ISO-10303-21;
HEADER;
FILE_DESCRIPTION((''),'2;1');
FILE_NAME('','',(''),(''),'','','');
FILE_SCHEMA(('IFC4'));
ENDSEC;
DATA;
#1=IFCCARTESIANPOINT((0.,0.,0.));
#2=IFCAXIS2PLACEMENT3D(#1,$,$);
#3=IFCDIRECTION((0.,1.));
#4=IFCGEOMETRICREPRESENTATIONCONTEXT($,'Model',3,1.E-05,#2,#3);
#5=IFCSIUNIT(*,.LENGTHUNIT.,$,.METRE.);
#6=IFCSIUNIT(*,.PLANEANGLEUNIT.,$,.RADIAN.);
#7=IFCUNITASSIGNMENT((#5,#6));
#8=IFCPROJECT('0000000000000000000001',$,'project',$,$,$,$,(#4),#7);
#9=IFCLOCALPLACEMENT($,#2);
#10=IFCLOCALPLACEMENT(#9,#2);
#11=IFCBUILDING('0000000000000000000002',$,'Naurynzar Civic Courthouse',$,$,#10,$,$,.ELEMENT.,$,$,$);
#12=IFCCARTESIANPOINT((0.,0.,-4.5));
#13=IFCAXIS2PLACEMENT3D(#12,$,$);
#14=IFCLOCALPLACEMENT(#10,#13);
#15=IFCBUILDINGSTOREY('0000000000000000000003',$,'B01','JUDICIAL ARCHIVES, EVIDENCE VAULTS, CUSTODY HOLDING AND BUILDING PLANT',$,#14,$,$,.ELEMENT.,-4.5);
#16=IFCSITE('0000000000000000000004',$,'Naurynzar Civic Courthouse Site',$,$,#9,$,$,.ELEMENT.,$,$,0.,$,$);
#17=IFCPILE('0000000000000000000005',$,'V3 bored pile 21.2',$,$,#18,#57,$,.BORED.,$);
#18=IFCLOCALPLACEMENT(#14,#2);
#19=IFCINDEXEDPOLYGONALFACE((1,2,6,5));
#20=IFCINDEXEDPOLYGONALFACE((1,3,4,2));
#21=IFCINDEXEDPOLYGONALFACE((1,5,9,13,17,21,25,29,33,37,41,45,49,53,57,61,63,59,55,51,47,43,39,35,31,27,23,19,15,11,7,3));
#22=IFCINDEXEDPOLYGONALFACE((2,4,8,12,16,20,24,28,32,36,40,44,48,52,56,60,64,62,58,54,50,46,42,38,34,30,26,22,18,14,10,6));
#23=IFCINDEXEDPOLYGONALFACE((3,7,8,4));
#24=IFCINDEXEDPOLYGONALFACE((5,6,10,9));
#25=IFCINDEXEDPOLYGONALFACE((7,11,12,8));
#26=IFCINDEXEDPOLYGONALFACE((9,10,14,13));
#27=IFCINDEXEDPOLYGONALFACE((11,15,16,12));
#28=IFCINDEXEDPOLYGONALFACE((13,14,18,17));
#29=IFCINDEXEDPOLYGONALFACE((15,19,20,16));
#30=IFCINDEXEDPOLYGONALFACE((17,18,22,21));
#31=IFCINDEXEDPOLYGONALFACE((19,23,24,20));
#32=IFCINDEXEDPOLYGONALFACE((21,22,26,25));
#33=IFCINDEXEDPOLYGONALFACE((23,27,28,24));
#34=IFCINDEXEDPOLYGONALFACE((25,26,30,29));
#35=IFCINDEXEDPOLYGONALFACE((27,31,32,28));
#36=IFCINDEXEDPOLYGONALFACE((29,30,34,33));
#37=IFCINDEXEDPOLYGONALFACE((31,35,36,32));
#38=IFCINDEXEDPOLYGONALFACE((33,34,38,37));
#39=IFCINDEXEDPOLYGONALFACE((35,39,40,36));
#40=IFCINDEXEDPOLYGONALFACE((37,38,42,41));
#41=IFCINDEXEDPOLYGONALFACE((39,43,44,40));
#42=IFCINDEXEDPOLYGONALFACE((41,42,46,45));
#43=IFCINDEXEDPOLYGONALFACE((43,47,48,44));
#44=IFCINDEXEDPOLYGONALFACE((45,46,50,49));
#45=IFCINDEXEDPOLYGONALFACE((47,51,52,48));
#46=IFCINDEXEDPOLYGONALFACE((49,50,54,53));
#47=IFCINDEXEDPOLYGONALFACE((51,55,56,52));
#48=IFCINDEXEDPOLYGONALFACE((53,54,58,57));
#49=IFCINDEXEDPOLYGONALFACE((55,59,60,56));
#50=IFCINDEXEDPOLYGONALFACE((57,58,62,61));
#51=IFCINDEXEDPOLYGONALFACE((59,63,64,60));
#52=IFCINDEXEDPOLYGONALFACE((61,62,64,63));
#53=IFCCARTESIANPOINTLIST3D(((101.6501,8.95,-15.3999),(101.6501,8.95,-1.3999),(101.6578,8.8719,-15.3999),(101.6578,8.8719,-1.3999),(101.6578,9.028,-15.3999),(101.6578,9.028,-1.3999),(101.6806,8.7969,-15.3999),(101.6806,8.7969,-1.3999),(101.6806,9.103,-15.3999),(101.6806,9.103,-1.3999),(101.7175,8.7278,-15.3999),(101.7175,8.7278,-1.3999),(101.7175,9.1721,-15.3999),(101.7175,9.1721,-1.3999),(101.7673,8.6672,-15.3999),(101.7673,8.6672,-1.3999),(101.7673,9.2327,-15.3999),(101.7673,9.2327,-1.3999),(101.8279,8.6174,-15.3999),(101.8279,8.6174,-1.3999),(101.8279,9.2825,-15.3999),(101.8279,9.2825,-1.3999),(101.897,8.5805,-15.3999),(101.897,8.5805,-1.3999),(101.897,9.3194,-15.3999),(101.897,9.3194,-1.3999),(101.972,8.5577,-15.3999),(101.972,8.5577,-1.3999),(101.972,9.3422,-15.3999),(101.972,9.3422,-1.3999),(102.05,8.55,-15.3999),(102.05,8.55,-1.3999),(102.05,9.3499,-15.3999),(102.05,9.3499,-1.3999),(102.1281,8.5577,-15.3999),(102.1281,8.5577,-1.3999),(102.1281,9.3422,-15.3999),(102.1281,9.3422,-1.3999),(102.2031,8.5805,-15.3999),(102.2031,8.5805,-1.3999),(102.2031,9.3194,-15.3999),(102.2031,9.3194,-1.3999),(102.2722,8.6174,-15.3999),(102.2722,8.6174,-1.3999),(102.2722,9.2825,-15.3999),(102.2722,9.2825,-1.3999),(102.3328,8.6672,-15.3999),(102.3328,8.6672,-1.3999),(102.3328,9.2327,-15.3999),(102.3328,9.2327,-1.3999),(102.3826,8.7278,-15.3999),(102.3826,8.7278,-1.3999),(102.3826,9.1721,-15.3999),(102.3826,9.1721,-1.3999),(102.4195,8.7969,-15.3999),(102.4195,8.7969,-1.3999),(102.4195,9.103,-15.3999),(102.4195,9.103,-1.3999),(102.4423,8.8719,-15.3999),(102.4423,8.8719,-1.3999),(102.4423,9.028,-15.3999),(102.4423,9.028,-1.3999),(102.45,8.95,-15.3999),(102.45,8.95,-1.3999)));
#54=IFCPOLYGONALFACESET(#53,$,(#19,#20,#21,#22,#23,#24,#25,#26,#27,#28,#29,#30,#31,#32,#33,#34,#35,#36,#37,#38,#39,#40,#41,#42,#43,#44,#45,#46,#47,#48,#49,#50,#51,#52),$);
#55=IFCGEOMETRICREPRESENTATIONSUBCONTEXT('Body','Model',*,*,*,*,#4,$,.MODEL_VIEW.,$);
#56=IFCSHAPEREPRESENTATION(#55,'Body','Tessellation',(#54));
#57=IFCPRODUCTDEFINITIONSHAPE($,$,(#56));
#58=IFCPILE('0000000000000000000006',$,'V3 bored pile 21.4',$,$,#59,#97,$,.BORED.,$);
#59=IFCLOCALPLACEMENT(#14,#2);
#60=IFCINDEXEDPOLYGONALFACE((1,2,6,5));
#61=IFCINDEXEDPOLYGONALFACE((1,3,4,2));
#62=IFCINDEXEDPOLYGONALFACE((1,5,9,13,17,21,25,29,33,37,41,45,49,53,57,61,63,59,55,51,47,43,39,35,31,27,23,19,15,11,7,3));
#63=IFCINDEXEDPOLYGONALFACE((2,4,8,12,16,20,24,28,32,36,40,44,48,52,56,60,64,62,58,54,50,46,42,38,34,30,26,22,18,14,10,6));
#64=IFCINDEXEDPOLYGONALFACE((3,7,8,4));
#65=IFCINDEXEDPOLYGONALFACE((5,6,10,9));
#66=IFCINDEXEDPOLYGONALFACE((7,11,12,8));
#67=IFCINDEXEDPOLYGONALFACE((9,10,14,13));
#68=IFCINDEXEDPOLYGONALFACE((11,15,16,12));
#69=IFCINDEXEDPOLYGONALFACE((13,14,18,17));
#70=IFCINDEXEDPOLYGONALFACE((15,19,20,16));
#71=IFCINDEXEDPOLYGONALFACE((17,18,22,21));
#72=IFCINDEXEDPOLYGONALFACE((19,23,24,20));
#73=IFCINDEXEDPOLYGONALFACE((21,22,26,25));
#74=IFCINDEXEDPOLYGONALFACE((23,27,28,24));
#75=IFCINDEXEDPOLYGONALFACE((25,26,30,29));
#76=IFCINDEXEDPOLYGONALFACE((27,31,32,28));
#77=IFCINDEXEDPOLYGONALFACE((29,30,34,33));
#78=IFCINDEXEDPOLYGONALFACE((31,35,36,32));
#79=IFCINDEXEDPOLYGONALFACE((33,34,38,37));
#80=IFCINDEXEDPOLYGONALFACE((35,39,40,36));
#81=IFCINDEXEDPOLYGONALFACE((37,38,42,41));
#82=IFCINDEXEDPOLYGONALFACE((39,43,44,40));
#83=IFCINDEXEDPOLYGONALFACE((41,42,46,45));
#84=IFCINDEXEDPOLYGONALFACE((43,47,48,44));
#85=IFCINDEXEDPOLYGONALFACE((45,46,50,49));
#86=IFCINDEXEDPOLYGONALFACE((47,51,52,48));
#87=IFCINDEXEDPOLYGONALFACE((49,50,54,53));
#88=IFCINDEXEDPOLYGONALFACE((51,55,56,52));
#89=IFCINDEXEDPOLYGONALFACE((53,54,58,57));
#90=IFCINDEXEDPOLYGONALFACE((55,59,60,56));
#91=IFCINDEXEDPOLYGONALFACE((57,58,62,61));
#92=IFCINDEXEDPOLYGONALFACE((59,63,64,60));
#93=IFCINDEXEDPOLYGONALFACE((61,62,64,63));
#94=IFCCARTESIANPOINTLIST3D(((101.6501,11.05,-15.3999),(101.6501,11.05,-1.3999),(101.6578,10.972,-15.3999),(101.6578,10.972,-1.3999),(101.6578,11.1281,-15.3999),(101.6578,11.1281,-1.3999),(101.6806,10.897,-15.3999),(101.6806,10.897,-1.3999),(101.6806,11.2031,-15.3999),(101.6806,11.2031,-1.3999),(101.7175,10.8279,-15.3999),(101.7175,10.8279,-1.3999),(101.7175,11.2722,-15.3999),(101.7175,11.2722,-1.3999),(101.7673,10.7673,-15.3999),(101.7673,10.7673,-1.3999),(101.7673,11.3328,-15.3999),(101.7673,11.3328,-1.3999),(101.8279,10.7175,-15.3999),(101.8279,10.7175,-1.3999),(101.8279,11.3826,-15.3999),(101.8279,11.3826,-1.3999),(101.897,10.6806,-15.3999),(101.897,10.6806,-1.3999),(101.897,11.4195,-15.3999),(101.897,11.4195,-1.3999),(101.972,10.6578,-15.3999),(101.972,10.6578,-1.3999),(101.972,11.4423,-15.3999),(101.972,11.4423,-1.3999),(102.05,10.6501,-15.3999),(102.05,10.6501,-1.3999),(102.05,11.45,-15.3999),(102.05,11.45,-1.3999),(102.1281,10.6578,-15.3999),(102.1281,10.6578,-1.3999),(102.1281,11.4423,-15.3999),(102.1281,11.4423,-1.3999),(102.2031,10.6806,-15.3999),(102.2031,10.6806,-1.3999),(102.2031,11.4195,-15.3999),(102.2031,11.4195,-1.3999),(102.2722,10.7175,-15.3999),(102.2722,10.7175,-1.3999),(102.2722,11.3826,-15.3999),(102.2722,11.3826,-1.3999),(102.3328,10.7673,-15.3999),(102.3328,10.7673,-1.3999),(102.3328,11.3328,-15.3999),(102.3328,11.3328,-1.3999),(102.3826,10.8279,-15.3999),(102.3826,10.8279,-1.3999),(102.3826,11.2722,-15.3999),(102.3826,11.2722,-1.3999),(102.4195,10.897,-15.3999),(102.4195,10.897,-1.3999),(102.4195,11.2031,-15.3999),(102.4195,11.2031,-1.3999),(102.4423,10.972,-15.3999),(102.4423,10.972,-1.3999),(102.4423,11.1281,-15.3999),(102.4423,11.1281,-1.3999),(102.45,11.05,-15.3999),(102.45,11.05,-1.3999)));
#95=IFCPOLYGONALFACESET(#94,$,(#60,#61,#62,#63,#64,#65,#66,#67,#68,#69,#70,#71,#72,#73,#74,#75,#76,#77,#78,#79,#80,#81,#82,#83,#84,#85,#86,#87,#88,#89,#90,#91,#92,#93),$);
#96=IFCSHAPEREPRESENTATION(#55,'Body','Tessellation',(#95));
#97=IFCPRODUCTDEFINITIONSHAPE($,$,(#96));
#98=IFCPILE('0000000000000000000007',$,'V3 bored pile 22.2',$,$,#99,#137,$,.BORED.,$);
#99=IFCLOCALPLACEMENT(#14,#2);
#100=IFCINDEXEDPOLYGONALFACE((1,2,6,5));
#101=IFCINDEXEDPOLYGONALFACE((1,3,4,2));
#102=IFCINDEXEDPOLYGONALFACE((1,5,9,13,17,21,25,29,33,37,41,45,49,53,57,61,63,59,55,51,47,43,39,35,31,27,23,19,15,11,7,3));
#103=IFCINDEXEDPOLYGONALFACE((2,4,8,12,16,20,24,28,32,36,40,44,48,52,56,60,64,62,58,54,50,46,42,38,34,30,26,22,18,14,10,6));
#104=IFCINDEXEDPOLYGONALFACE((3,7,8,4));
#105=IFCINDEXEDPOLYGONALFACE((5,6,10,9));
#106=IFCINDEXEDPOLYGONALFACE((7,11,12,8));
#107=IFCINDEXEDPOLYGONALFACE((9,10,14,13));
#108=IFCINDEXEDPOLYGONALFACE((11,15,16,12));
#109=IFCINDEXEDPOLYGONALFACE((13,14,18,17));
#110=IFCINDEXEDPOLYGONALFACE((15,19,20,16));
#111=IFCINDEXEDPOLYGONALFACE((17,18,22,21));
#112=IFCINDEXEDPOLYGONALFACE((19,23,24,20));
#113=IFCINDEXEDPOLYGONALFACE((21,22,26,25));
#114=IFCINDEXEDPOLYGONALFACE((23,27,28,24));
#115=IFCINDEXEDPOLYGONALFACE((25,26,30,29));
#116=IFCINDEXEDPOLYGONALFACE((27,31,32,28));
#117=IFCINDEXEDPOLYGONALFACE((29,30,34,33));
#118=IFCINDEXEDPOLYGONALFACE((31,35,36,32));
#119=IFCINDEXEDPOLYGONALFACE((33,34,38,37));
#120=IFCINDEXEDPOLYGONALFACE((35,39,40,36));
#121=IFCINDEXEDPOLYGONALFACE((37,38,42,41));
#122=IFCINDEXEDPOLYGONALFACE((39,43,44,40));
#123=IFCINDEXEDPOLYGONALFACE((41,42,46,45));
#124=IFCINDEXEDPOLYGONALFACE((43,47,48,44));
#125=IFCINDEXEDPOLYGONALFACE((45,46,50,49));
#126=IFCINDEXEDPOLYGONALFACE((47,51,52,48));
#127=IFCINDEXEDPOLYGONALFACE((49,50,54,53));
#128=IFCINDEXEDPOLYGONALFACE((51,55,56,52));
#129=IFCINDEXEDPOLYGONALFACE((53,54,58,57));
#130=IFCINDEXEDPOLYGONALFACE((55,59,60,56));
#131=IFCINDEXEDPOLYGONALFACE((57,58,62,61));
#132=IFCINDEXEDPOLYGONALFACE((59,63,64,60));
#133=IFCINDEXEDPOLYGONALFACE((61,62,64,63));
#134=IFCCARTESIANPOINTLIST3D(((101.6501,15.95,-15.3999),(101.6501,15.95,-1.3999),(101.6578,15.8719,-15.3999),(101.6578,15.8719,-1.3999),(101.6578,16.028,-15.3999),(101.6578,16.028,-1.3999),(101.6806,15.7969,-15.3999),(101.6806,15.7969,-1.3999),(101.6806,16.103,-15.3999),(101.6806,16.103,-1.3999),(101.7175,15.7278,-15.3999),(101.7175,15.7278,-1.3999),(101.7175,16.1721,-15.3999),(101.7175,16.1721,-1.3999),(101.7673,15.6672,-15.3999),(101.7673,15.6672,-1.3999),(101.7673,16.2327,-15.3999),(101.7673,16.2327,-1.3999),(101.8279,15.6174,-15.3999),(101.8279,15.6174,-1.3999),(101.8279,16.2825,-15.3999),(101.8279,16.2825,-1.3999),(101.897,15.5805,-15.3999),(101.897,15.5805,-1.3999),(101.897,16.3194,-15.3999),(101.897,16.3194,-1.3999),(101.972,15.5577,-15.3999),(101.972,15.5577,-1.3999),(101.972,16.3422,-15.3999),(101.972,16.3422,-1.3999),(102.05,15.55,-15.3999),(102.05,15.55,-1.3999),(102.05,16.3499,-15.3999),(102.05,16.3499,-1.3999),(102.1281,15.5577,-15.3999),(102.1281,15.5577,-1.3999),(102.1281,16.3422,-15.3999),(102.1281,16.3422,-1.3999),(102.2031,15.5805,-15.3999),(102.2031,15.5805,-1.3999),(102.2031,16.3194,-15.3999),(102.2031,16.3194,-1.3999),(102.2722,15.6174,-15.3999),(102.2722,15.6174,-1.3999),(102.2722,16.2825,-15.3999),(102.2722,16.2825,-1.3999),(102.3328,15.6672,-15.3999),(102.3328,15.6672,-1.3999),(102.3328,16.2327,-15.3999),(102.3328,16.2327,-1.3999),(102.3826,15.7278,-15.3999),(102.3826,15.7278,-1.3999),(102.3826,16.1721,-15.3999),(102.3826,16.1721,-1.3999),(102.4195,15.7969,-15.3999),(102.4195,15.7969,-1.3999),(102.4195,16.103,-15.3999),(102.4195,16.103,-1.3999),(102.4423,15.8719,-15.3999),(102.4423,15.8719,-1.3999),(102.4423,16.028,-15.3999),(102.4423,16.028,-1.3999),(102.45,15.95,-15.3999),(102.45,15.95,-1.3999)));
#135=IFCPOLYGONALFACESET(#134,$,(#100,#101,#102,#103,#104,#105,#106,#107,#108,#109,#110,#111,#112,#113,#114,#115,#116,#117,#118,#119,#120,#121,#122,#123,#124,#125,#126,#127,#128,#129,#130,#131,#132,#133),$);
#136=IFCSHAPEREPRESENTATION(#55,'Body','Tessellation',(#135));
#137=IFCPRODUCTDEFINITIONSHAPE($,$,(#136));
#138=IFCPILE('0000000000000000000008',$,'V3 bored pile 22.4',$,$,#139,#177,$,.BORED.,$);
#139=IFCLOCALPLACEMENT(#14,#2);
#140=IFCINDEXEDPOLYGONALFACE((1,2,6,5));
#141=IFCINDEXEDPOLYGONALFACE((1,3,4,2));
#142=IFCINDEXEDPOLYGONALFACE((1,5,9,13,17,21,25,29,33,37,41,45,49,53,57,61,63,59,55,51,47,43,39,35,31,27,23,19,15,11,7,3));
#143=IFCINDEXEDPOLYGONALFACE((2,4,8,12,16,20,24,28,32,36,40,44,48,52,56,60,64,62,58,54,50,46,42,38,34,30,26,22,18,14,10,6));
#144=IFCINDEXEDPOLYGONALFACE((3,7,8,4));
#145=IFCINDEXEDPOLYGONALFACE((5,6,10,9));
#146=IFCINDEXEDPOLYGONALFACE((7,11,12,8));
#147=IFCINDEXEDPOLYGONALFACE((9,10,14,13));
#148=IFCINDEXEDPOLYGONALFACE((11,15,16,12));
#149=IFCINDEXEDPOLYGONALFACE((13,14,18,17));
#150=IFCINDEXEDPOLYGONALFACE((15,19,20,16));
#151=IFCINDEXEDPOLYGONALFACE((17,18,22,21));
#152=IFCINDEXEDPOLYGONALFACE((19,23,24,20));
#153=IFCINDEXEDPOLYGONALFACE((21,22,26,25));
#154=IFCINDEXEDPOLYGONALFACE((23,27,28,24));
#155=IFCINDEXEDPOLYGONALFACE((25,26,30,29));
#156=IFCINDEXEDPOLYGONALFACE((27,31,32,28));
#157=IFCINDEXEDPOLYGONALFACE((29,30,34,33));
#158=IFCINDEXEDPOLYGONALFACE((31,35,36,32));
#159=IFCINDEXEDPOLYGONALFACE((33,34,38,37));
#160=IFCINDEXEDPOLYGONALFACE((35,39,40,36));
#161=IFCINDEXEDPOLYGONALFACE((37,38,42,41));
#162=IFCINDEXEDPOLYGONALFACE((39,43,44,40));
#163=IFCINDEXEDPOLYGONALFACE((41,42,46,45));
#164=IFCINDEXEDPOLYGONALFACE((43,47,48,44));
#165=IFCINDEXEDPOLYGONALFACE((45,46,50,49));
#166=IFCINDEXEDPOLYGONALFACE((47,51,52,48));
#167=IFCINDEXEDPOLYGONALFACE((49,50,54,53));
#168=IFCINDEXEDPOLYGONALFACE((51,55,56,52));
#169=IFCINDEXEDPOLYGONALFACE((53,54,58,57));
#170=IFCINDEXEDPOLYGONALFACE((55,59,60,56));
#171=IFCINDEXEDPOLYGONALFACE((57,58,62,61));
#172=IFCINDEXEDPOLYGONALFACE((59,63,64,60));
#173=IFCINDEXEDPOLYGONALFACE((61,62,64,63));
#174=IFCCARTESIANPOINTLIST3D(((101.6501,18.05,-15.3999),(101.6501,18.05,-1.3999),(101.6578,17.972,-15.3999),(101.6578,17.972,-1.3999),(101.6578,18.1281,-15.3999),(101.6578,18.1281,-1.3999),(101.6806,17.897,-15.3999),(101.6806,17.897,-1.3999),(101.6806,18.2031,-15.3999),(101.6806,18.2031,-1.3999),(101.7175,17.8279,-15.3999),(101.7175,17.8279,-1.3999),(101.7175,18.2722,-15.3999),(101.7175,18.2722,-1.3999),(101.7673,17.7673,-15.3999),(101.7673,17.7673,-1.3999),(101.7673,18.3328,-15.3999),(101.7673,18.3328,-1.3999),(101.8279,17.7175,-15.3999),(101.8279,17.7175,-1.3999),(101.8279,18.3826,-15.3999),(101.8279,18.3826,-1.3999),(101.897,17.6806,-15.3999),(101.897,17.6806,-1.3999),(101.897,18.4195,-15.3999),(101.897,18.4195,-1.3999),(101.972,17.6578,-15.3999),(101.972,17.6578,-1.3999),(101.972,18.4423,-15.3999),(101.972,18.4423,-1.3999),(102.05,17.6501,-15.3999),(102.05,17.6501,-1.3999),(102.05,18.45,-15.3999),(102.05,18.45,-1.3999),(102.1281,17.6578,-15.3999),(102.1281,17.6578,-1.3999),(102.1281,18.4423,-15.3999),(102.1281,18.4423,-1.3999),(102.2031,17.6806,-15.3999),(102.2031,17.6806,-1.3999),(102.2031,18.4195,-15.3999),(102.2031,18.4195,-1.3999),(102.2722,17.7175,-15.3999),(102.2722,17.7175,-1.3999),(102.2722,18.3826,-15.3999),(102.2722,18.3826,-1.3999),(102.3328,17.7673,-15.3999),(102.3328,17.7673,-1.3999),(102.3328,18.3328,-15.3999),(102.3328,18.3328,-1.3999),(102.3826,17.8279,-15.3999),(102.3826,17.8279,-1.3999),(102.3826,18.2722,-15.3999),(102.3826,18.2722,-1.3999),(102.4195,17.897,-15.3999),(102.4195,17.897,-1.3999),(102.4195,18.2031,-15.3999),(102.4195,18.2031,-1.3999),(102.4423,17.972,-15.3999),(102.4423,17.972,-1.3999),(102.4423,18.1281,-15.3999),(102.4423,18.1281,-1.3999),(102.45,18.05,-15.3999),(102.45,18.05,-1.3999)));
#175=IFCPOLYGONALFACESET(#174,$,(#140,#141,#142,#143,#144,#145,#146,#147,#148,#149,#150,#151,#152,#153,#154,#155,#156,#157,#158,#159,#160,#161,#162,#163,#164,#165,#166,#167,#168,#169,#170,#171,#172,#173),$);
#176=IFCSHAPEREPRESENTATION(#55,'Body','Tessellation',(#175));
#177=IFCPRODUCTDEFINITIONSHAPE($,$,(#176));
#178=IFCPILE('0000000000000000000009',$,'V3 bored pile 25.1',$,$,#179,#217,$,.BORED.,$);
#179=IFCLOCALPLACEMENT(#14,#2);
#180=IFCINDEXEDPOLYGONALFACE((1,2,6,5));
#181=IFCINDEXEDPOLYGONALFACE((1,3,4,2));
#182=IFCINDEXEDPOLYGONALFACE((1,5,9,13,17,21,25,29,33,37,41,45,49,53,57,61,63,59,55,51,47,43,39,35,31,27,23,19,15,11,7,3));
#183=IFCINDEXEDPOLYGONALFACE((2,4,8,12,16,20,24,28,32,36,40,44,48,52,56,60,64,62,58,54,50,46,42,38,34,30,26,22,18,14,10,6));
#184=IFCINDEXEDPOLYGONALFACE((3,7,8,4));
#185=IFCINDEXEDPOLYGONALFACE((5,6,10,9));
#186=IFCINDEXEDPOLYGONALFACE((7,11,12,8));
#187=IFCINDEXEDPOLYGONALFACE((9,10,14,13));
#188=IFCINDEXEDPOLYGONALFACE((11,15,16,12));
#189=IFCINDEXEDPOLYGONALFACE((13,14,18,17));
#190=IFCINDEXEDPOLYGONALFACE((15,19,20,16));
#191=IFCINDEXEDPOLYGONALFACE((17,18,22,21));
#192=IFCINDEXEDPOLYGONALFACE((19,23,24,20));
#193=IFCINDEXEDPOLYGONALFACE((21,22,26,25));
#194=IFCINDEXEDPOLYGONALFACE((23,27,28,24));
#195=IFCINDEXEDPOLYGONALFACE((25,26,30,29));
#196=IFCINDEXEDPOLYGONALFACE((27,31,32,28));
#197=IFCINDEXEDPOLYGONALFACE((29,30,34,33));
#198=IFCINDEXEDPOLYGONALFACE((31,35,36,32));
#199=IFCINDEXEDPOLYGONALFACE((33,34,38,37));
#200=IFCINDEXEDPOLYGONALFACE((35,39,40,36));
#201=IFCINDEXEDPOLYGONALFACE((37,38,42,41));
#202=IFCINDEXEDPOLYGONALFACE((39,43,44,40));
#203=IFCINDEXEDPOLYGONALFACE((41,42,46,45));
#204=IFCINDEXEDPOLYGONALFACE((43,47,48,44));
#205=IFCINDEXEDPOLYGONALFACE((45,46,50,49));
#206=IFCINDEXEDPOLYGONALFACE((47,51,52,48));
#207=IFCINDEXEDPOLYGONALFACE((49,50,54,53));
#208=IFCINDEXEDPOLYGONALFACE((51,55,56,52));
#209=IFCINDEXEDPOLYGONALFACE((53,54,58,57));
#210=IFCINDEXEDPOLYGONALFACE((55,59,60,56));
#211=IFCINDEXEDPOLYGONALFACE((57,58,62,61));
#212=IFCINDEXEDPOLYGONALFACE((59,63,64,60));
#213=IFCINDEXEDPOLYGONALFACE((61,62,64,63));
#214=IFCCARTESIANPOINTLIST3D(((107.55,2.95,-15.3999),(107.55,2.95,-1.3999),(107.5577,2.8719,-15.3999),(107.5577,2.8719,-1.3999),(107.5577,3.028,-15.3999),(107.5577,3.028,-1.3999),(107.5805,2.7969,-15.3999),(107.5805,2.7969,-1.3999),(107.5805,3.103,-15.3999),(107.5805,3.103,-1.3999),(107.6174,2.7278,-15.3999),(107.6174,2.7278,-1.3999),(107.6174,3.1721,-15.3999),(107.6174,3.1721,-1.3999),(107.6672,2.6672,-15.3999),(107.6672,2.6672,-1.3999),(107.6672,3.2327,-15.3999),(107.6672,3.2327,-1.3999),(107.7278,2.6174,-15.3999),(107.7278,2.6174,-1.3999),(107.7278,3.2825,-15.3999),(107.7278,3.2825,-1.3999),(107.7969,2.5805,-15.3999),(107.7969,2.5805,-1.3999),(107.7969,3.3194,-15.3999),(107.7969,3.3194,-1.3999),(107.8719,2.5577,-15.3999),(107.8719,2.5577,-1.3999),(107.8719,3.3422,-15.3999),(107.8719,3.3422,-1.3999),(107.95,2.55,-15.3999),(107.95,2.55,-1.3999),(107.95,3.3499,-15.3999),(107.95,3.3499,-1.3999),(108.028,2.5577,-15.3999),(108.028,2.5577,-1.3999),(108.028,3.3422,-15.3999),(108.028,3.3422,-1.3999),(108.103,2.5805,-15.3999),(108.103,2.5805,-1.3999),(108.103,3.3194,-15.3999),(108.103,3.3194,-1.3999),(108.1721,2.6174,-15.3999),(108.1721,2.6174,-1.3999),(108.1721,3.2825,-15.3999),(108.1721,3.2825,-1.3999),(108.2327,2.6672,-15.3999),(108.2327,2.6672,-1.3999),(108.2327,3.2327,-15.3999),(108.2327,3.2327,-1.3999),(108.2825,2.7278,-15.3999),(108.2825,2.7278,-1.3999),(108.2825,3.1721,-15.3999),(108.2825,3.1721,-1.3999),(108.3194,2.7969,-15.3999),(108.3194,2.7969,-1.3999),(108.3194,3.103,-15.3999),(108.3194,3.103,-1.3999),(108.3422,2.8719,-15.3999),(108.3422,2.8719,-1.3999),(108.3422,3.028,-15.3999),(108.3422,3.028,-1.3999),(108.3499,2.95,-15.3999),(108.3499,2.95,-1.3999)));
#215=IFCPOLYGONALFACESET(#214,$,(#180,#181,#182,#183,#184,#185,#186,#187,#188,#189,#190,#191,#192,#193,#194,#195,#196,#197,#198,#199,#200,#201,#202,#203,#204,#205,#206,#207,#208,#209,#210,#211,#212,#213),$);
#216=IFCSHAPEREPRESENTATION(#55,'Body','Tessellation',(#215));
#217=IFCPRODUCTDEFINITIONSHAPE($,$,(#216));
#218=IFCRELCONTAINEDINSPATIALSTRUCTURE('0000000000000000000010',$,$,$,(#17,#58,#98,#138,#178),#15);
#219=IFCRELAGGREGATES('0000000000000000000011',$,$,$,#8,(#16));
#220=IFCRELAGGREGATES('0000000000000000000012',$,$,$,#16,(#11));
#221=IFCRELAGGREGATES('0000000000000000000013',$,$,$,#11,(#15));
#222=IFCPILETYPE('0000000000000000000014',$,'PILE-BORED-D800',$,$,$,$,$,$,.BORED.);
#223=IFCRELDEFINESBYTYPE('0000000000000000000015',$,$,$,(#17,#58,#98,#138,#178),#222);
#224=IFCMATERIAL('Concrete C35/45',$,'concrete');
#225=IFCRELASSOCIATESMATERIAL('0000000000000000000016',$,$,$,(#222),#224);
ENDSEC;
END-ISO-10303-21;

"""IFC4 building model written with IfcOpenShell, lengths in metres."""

from ifc_helpers import new_model, si_unit, direction, frame, origin, origin_2d, place, context, subcontext, project, spatial, circle, extrude, material, material_profile, profile_set, type_object, element, save


model = new_model("IFC4")

# Units and contexts
model_context = context("Model", 3, precision=1e-05, world=origin(), true_north=direction((0.0, 1.0)))
body_context = subcontext(model_context, "Body", "Model", "MODEL_VIEW")
ifc_project = project(units=[si_unit("LENGTHUNIT", "METRE"), si_unit("PLANEANGLEUNIT", "RADIAN")], contexts=[model_context])

# Site, building, storey
site_placement = place(None, origin())
site = spatial("IfcSite", under=ifc_project, at=site_placement, Name="Naurynzar Civic Courthouse Site", CompositionType="ELEMENT", RefElevation=0.0)
building_placement = place(site_placement, origin())
building = spatial("IfcBuilding", under=site, at=building_placement, Name="Naurynzar Civic Courthouse", CompositionType="ELEMENT")
storey_placement = place(building_placement, frame((0.0, 0.0, -4.5)))
storey = spatial("IfcBuildingStorey", under=building, at=storey_placement, Name="B01", Description="JUDICIAL ARCHIVES, EVIDENCE VAULTS, CUSTODY HOLDING AND BUILDING PLANT", CompositionType="ELEMENT", Elevation=-4.5)

# Piles
ifc_material_1 = material(Name="Concrete C35/45", Category="concrete")
ifc_material_profile_1 = material_profile(ifc_material_1, circle(Radius=0.3999, at=origin_2d()), Name="PILE D800")
ifc_profile_set_1 = profile_set([ifc_material_profile_1], Name="Concrete C35/45")
pile_type = type_object("IfcPileType", Name="PILE-BORED-D800", PredefinedType="BORED", material=ifc_profile_set_1)
for number, where, z_axis, x_axis, name in (
    (1, (102.05, 8.95, -1.3999), (0.0, 0.0, -1.0), (1.0, 0.0, 0.0), "V3 bored pile 21.2"),
    (2, (102.05, 11.05, -1.3999), (0.0, 0.0, -1.0), (1.0, 0.0, 0.0), "V3 bored pile 21.4"),
    (3, (102.05, 15.95, -1.3999), (0.0, 0.0, -1.0), (1.0, 0.0, 0.0), "V3 bored pile 22.2"),
    (4, (102.05, 18.05, -1.3999), (0.0, 0.0, -1.0), (1.0, 0.0, 0.0), "V3 bored pile 22.4"),
    (5, (107.95, 2.95, -1.3999), (0.0, 0.0, -1.0), (1.0, 0.0, 0.0), "V3 bored pile 25.1"),
):
    element("IfcPile", number, at=place(storey_placement, frame(where, z_axis=z_axis, x_axis=x_axis)), inside=storey, type_object=pile_type, Name=name, PredefinedType="BORED", context=body_context, shape_type="SweptSolid", body=[
        extrude(circle(Radius=0.3999, at=origin_2d()), origin(), (0.0, 0.0, 1.0), 14.0),
    ])

save(model, "model.ifc")
